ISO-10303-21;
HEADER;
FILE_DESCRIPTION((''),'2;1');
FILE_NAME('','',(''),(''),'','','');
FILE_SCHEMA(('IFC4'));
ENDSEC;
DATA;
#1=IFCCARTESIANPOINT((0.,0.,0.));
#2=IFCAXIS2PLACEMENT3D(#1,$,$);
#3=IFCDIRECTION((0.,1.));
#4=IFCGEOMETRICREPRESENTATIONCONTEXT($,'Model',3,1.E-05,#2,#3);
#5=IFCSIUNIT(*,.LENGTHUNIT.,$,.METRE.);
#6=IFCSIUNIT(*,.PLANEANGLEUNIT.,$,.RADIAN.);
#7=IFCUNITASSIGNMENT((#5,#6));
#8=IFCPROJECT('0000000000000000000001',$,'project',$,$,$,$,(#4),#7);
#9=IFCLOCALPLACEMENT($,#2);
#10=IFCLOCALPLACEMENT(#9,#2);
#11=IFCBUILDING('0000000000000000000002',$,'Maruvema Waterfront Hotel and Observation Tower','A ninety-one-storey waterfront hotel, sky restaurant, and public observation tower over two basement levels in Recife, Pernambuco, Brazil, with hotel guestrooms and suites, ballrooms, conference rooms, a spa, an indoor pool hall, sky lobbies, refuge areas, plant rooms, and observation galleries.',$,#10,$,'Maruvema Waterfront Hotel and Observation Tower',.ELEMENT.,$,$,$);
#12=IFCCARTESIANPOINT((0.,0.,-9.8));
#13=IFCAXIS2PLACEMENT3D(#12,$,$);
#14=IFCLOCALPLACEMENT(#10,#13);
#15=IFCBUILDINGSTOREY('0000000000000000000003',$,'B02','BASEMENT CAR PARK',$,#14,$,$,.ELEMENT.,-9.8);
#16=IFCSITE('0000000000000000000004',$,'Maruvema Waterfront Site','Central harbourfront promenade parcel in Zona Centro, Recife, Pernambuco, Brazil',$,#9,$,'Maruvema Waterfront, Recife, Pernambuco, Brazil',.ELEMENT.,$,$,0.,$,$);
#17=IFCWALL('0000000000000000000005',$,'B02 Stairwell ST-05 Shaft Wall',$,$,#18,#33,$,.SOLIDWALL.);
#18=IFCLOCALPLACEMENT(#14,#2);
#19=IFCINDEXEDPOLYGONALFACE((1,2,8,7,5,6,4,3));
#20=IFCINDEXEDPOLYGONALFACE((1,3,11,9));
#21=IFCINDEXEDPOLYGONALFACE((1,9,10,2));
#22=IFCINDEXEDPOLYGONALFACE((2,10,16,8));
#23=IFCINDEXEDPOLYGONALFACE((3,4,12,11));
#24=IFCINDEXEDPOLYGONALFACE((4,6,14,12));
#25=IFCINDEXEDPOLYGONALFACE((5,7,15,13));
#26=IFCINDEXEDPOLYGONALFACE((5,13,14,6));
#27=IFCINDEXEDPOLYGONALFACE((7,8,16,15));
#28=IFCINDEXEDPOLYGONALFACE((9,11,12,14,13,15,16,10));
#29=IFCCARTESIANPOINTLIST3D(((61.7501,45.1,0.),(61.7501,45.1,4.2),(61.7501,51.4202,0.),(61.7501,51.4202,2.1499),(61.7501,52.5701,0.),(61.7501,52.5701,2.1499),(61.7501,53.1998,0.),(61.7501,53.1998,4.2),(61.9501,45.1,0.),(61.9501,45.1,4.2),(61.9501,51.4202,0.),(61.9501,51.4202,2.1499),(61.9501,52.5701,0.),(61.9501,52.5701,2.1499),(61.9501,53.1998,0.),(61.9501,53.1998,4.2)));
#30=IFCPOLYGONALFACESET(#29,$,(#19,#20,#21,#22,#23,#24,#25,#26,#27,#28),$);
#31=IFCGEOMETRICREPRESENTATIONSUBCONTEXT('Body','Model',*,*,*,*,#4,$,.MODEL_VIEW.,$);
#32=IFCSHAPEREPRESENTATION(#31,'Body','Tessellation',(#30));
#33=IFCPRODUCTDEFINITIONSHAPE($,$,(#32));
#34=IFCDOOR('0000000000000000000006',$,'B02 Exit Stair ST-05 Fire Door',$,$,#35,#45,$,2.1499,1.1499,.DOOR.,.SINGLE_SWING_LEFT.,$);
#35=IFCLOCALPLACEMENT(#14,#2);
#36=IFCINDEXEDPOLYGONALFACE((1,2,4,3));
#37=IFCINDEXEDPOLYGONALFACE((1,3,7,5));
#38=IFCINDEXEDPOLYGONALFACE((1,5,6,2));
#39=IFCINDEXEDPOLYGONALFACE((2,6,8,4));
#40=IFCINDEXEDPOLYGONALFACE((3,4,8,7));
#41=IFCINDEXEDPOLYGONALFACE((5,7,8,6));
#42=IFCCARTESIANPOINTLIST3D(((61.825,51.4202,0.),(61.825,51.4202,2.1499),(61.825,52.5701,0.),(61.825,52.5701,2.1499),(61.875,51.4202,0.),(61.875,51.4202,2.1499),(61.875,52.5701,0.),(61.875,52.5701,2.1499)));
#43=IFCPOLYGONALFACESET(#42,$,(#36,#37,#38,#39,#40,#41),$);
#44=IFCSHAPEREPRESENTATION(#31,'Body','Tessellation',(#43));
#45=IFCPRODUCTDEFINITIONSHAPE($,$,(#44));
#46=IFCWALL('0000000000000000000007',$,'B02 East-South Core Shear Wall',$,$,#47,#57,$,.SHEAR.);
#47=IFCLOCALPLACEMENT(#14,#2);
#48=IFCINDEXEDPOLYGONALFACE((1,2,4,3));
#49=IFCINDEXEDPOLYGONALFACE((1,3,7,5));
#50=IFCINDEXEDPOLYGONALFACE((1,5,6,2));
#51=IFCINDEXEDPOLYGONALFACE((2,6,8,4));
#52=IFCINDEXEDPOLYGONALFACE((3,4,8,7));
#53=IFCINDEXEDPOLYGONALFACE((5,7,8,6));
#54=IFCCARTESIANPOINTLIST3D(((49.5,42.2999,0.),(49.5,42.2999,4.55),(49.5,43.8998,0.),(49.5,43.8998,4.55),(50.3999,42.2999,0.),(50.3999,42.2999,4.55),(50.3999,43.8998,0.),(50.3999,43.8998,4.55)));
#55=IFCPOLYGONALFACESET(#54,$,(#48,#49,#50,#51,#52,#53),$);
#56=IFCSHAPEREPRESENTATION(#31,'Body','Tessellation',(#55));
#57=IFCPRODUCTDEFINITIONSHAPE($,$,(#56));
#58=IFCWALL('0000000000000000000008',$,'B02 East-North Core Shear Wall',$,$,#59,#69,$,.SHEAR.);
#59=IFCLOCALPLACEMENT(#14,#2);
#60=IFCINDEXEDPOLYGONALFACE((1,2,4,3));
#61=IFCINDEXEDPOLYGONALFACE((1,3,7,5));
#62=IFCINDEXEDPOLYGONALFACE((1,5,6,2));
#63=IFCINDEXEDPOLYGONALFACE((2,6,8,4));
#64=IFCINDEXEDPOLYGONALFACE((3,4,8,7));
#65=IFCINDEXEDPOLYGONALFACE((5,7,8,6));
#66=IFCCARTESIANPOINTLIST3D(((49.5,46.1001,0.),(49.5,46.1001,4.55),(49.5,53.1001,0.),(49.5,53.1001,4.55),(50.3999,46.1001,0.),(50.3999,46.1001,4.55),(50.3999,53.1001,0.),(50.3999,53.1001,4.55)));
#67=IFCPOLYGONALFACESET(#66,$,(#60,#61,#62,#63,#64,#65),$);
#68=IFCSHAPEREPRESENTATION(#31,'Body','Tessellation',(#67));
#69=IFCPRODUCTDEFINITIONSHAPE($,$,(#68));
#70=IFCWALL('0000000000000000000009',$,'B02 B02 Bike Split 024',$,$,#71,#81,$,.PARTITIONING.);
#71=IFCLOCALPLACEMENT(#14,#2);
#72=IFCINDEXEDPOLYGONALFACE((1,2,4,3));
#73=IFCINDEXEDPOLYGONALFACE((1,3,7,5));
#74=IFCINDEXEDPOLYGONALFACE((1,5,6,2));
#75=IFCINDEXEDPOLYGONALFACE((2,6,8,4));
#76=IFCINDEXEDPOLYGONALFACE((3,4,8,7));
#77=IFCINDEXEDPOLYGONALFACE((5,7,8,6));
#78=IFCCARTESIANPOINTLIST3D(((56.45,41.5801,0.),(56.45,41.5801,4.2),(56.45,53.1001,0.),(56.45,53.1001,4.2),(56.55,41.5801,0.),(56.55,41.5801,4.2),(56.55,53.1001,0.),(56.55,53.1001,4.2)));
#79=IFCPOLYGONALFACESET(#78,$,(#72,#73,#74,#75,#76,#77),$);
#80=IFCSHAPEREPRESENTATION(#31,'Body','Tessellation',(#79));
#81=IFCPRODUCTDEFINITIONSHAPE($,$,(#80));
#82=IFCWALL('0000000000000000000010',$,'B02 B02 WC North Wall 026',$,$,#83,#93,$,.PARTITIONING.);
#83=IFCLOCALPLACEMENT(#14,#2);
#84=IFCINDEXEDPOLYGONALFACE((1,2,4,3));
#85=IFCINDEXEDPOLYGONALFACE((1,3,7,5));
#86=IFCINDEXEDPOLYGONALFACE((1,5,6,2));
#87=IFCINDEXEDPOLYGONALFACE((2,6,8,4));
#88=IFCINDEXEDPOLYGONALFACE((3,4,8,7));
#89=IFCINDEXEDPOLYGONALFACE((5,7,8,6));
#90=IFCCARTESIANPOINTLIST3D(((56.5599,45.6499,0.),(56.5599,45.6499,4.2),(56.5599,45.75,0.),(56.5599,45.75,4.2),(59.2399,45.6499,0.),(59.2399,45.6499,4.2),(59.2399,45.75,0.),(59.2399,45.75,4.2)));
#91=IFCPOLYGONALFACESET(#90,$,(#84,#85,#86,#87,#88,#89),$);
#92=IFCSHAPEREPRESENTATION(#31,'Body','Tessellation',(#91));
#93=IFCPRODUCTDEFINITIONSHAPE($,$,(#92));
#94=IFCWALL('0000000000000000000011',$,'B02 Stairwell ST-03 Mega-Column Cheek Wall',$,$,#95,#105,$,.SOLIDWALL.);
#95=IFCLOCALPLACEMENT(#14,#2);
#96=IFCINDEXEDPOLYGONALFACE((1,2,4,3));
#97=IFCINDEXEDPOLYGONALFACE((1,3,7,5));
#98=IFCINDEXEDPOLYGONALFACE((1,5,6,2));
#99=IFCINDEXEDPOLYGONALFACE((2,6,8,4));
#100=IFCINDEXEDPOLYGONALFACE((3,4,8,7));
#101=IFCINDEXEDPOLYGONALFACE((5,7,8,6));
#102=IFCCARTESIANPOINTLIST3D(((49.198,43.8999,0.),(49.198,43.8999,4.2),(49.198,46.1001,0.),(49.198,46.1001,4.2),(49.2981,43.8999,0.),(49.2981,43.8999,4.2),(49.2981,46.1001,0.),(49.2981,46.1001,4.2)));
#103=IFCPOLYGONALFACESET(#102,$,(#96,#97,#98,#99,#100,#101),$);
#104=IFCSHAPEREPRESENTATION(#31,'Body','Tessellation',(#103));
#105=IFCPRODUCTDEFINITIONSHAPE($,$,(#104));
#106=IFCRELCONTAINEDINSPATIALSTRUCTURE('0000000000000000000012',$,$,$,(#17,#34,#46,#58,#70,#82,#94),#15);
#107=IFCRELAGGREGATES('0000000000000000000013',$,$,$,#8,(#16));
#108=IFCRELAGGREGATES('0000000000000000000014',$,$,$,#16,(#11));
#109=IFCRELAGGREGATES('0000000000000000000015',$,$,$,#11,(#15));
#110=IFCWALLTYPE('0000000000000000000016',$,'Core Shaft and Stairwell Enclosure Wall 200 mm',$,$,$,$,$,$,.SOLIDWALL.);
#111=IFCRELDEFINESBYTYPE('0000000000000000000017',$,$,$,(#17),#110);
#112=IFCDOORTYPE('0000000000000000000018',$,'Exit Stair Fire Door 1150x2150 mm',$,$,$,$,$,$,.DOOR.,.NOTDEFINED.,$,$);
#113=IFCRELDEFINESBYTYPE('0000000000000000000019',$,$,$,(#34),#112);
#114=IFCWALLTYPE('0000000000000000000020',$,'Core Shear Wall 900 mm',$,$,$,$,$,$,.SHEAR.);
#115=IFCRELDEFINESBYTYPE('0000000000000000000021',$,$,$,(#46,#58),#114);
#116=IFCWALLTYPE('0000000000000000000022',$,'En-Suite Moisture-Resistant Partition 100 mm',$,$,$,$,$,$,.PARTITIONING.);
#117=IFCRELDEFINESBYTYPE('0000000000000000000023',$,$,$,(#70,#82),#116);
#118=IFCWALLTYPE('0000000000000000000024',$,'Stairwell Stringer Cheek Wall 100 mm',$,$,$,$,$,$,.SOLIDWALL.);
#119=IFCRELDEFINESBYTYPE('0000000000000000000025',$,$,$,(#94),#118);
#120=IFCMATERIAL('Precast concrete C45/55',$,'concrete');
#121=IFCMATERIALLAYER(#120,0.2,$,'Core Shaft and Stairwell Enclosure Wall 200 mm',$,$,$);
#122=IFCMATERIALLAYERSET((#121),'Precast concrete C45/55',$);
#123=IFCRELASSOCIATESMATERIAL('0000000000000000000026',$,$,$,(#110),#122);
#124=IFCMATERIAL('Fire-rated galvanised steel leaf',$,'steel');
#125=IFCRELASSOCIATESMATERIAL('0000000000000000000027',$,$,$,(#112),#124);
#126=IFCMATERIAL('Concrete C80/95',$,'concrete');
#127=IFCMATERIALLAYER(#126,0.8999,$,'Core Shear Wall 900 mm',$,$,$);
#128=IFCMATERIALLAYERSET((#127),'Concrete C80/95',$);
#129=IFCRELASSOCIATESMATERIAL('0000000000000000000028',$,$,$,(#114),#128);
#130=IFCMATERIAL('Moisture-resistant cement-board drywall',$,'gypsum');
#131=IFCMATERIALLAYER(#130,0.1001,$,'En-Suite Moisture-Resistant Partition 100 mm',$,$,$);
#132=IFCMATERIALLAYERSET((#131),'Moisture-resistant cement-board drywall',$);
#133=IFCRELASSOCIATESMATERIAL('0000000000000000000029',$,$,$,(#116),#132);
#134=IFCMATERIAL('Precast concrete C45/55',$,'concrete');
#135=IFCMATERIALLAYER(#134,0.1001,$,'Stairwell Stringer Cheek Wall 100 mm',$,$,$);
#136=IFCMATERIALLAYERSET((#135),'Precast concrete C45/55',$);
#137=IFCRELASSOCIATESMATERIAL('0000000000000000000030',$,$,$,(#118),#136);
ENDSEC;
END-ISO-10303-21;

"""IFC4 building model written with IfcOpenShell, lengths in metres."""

from ifc_helpers import new_model, si_unit, direction, frame, frame_2d, origin, place, context, subcontext, project, spatial, rectangle, extrude, material, layer, layer_set, type_object, element, fill, save


model = new_model("IFC4")

# Units and contexts
model_context = context("Model", 3, precision=1e-05, world=origin(), true_north=direction((0.0, 1.0)))
body_context = subcontext(model_context, "Body", "Model", "MODEL_VIEW")
ifc_project = project(units=[si_unit("LENGTHUNIT", "METRE"), si_unit("PLANEANGLEUNIT", "RADIAN")], contexts=[model_context])

# Site, building, storey
site_placement = place(None, origin())
site = spatial("IfcSite", under=ifc_project, at=site_placement, Name="Maruvema Waterfront Site", Description="Central harbourfront promenade parcel in Zona Centro, Recife, Pernambuco, Brazil", LongName="Maruvema Waterfront, Recife, Pernambuco, Brazil", CompositionType="ELEMENT", RefElevation=0.0)
building_placement = place(site_placement, origin())
building = spatial("IfcBuilding", under=site, at=building_placement, Name="Maruvema Waterfront Hotel and Observation Tower", Description="A ninety-one-storey waterfront hotel, sky restaurant, and public observation tower over two basement levels in Recife, Pernambuco, Brazil, with hotel guestrooms and suites, ballrooms, conference rooms, a spa, an indoor pool hall, sky lobbies, refuge areas, plant rooms, and observation galleries.", LongName="Maruvema Waterfront Hotel and Observation Tower", CompositionType="ELEMENT")
storey_placement = place(building_placement, frame((0.0, 0.0, -9.8)))
storey = spatial("IfcBuildingStorey", under=building, at=storey_placement, Name="B02", Description="BASEMENT CAR PARK", CompositionType="ELEMENT", Elevation=-9.8)

# Shared definitions
ifc_material_1 = material(Name="Precast concrete C45/55", Category="concrete")
ifc_layer_1 = layer(ifc_material_1, 0.2, Name="Core Shaft and Stairwell Enclosure Wall 200 mm")
ifc_layer_set_1 = layer_set([ifc_layer_1], Name="Precast concrete C45/55")
wall_type_1 = type_object("IfcWallType", Name="Core Shaft and Stairwell Enclosure Wall 200 mm", PredefinedType="SOLIDWALL", material=ifc_layer_set_1)

# Wall, opening, door
wall_1_placement = place(storey_placement, frame((61.8501, 45.1001, 0.0), z_axis=(0.0, 0.0, 1.0), x_axis=(0.0, 1.0, 0.0)))
wall_1 = element("IfcWall", 1, at=wall_1_placement, inside=storey, type_object=wall_type_1, Name="B02 Stairwell ST-05 Shaft Wall", PredefinedType="SOLIDWALL", context=body_context, shape_type="SweptSolid", body=[
    extrude(rectangle(XDim=8.0999, YDim=0.2, at=frame_2d((4.0498, 0.0))), origin(), (0.0, 0.0, 1.0), 4.2),
])
opening_placement = place(wall_1_placement, frame((6.3201, 0.0, 0.0)))
opening = element("IfcOpeningElement", 2, at=opening_placement, cuts=wall_1, PredefinedType="OPENING", context=body_context, shape_type="SweptSolid", body=[
    extrude(rectangle(XDim=1.1499, YDim=2.1499, at=frame_2d((0.575, 1.075))), frame((0.0, 0.1099, 0.0), z_axis=(0.0, -1.0, 0.0), x_axis=(1.0, 0.0, 0.0)), (0.0, 0.0, 1.0), 0.22),
])
ifc_material_2 = material(Name="Fire-rated galvanised steel leaf", Category="steel")
door_type = type_object("IfcDoorType", Name="Exit Stair Fire Door 1150x2150 mm", OperationType="NOTDEFINED", PredefinedType="DOOR", material=ifc_material_2)
door_placement = place(opening_placement, frame((1.1499, 0.0, 0.0), z_axis=(0.0, 0.0, 1.0), x_axis=(-1.0, 0.0, 0.0)))
door = element("IfcDoor", 3, at=door_placement, inside=storey, type_object=door_type, Name="B02 Exit Stair ST-05 Fire Door", OperationType="SINGLE_SWING_LEFT", OverallHeight=2.1499, OverallWidth=1.1499, PredefinedType="DOOR", context=body_context, shape_type="SweptSolid", body=[
    extrude(rectangle(XDim=1.1499, YDim=2.1499, at=frame_2d((0.575, 1.075))), frame((0.0, 0.0249, 0.0), z_axis=(0.0, -1.0, 0.0), x_axis=(1.0, 0.0, 0.0)), (0.0, 0.0, 1.0), 0.05),
])
fill(opening, door)

# Walls
ifc_material_3 = material(Name="Concrete C80/95", Category="concrete")
ifc_layer_2 = layer(ifc_material_3, 0.8999, Name="Core Shear Wall 900 mm")
ifc_layer_set_2 = layer_set([ifc_layer_2], Name="Concrete C80/95")
wall_type_2 = type_object("IfcWallType", Name="Core Shear Wall 900 mm", PredefinedType="SHEAR", material=ifc_layer_set_2)
wall_2_placement = place(storey_placement, frame((49.95, 42.3, 0.0), z_axis=(0.0, 0.0, 1.0), x_axis=(0.0, 1.0, 0.0)))
element("IfcWall", 4, at=wall_2_placement, inside=storey, type_object=wall_type_2, Name="B02 East-South Core Shear Wall", PredefinedType="SHEAR", context=body_context, shape_type="SweptSolid", body=[
    extrude(rectangle(XDim=1.5999, YDim=0.8999, at=frame_2d((0.7998, 0.0))), origin(), (0.0, 0.0, 1.0), 4.55),
])
wall_3_placement = place(storey_placement, frame((49.95, 46.1001, 0.0), z_axis=(0.0, 0.0, 1.0), x_axis=(0.0, 1.0, 0.0)))
element("IfcWall", 5, at=wall_3_placement, inside=storey, type_object=wall_type_2, Name="B02 East-North Core Shear Wall", PredefinedType="SHEAR", context=body_context, shape_type="SweptSolid", body=[
    extrude(rectangle(XDim=7.0, YDim=0.8999, at=frame_2d((3.5, 0.0))), origin(), (0.0, 0.0, 1.0), 4.55),
])
ifc_material_4 = material(Name="Moisture-resistant cement-board drywall", Category="gypsum")
ifc_layer_3 = layer(ifc_material_4, 0.1001, Name="En-Suite Moisture-Resistant Partition 100 mm")
ifc_layer_set_3 = layer_set([ifc_layer_3], Name="Moisture-resistant cement-board drywall")
wall_type_3 = type_object("IfcWallType", Name="En-Suite Moisture-Resistant Partition 100 mm", PredefinedType="PARTITIONING", material=ifc_layer_set_3)
wall_4_placement = place(storey_placement, frame((56.5, 41.5801, 0.0), z_axis=(0.0, 0.0, 1.0), x_axis=(0.0, 1.0, 0.0)))
element("IfcWall", 6, at=wall_4_placement, inside=storey, type_object=wall_type_3, Name="B02 B02 Bike Split 024", PredefinedType="PARTITIONING", context=body_context, shape_type="SweptSolid", body=[
    extrude(rectangle(XDim=11.52, YDim=0.1001, at=frame_2d((5.76, 0.0))), origin(), (0.0, 0.0, 1.0), 4.2),
])
wall_5_placement = place(storey_placement, frame((56.5601, 45.7, 0.0), z_axis=(0.0, 0.0, 1.0), x_axis=(1.0, 0.0, 0.0)))
element("IfcWall", 7, at=wall_5_placement, inside=storey, type_object=wall_type_3, Name="B02 B02 WC North Wall 026", PredefinedType="PARTITIONING", context=body_context, shape_type="SweptSolid", body=[
    extrude(rectangle(XDim=2.6799, YDim=0.1001, at=frame_2d((1.3398, 0.0))), origin(), (0.0, 0.0, 1.0), 4.2),
])
ifc_material_5 = material(Name="Precast concrete C45/55", Category="concrete")
ifc_layer_4 = layer(ifc_material_5, 0.1001, Name="Stairwell Stringer Cheek Wall 100 mm")
ifc_layer_set_4 = layer_set([ifc_layer_4], Name="Precast concrete C45/55")
wall_type_4 = type_object("IfcWallType", Name="Stairwell Stringer Cheek Wall 100 mm", PredefinedType="SOLIDWALL", material=ifc_layer_set_4)
wall_6_placement = place(storey_placement, frame((49.248, 43.8999, 0.0), z_axis=(0.0, 0.0, 1.0), x_axis=(0.0, 1.0, 0.0)))
element("IfcWall", 8, at=wall_6_placement, inside=storey, type_object=wall_type_4, Name="B02 Stairwell ST-03 Mega-Column Cheek Wall", PredefinedType="SOLIDWALL", context=body_context, shape_type="SweptSolid", body=[
    extrude(rectangle(XDim=2.2002, YDim=0.1001, at=frame_2d((1.1001, 0.0))), origin(), (0.0, 0.0, 1.0), 4.2),
])

save(model, "model.ifc")
